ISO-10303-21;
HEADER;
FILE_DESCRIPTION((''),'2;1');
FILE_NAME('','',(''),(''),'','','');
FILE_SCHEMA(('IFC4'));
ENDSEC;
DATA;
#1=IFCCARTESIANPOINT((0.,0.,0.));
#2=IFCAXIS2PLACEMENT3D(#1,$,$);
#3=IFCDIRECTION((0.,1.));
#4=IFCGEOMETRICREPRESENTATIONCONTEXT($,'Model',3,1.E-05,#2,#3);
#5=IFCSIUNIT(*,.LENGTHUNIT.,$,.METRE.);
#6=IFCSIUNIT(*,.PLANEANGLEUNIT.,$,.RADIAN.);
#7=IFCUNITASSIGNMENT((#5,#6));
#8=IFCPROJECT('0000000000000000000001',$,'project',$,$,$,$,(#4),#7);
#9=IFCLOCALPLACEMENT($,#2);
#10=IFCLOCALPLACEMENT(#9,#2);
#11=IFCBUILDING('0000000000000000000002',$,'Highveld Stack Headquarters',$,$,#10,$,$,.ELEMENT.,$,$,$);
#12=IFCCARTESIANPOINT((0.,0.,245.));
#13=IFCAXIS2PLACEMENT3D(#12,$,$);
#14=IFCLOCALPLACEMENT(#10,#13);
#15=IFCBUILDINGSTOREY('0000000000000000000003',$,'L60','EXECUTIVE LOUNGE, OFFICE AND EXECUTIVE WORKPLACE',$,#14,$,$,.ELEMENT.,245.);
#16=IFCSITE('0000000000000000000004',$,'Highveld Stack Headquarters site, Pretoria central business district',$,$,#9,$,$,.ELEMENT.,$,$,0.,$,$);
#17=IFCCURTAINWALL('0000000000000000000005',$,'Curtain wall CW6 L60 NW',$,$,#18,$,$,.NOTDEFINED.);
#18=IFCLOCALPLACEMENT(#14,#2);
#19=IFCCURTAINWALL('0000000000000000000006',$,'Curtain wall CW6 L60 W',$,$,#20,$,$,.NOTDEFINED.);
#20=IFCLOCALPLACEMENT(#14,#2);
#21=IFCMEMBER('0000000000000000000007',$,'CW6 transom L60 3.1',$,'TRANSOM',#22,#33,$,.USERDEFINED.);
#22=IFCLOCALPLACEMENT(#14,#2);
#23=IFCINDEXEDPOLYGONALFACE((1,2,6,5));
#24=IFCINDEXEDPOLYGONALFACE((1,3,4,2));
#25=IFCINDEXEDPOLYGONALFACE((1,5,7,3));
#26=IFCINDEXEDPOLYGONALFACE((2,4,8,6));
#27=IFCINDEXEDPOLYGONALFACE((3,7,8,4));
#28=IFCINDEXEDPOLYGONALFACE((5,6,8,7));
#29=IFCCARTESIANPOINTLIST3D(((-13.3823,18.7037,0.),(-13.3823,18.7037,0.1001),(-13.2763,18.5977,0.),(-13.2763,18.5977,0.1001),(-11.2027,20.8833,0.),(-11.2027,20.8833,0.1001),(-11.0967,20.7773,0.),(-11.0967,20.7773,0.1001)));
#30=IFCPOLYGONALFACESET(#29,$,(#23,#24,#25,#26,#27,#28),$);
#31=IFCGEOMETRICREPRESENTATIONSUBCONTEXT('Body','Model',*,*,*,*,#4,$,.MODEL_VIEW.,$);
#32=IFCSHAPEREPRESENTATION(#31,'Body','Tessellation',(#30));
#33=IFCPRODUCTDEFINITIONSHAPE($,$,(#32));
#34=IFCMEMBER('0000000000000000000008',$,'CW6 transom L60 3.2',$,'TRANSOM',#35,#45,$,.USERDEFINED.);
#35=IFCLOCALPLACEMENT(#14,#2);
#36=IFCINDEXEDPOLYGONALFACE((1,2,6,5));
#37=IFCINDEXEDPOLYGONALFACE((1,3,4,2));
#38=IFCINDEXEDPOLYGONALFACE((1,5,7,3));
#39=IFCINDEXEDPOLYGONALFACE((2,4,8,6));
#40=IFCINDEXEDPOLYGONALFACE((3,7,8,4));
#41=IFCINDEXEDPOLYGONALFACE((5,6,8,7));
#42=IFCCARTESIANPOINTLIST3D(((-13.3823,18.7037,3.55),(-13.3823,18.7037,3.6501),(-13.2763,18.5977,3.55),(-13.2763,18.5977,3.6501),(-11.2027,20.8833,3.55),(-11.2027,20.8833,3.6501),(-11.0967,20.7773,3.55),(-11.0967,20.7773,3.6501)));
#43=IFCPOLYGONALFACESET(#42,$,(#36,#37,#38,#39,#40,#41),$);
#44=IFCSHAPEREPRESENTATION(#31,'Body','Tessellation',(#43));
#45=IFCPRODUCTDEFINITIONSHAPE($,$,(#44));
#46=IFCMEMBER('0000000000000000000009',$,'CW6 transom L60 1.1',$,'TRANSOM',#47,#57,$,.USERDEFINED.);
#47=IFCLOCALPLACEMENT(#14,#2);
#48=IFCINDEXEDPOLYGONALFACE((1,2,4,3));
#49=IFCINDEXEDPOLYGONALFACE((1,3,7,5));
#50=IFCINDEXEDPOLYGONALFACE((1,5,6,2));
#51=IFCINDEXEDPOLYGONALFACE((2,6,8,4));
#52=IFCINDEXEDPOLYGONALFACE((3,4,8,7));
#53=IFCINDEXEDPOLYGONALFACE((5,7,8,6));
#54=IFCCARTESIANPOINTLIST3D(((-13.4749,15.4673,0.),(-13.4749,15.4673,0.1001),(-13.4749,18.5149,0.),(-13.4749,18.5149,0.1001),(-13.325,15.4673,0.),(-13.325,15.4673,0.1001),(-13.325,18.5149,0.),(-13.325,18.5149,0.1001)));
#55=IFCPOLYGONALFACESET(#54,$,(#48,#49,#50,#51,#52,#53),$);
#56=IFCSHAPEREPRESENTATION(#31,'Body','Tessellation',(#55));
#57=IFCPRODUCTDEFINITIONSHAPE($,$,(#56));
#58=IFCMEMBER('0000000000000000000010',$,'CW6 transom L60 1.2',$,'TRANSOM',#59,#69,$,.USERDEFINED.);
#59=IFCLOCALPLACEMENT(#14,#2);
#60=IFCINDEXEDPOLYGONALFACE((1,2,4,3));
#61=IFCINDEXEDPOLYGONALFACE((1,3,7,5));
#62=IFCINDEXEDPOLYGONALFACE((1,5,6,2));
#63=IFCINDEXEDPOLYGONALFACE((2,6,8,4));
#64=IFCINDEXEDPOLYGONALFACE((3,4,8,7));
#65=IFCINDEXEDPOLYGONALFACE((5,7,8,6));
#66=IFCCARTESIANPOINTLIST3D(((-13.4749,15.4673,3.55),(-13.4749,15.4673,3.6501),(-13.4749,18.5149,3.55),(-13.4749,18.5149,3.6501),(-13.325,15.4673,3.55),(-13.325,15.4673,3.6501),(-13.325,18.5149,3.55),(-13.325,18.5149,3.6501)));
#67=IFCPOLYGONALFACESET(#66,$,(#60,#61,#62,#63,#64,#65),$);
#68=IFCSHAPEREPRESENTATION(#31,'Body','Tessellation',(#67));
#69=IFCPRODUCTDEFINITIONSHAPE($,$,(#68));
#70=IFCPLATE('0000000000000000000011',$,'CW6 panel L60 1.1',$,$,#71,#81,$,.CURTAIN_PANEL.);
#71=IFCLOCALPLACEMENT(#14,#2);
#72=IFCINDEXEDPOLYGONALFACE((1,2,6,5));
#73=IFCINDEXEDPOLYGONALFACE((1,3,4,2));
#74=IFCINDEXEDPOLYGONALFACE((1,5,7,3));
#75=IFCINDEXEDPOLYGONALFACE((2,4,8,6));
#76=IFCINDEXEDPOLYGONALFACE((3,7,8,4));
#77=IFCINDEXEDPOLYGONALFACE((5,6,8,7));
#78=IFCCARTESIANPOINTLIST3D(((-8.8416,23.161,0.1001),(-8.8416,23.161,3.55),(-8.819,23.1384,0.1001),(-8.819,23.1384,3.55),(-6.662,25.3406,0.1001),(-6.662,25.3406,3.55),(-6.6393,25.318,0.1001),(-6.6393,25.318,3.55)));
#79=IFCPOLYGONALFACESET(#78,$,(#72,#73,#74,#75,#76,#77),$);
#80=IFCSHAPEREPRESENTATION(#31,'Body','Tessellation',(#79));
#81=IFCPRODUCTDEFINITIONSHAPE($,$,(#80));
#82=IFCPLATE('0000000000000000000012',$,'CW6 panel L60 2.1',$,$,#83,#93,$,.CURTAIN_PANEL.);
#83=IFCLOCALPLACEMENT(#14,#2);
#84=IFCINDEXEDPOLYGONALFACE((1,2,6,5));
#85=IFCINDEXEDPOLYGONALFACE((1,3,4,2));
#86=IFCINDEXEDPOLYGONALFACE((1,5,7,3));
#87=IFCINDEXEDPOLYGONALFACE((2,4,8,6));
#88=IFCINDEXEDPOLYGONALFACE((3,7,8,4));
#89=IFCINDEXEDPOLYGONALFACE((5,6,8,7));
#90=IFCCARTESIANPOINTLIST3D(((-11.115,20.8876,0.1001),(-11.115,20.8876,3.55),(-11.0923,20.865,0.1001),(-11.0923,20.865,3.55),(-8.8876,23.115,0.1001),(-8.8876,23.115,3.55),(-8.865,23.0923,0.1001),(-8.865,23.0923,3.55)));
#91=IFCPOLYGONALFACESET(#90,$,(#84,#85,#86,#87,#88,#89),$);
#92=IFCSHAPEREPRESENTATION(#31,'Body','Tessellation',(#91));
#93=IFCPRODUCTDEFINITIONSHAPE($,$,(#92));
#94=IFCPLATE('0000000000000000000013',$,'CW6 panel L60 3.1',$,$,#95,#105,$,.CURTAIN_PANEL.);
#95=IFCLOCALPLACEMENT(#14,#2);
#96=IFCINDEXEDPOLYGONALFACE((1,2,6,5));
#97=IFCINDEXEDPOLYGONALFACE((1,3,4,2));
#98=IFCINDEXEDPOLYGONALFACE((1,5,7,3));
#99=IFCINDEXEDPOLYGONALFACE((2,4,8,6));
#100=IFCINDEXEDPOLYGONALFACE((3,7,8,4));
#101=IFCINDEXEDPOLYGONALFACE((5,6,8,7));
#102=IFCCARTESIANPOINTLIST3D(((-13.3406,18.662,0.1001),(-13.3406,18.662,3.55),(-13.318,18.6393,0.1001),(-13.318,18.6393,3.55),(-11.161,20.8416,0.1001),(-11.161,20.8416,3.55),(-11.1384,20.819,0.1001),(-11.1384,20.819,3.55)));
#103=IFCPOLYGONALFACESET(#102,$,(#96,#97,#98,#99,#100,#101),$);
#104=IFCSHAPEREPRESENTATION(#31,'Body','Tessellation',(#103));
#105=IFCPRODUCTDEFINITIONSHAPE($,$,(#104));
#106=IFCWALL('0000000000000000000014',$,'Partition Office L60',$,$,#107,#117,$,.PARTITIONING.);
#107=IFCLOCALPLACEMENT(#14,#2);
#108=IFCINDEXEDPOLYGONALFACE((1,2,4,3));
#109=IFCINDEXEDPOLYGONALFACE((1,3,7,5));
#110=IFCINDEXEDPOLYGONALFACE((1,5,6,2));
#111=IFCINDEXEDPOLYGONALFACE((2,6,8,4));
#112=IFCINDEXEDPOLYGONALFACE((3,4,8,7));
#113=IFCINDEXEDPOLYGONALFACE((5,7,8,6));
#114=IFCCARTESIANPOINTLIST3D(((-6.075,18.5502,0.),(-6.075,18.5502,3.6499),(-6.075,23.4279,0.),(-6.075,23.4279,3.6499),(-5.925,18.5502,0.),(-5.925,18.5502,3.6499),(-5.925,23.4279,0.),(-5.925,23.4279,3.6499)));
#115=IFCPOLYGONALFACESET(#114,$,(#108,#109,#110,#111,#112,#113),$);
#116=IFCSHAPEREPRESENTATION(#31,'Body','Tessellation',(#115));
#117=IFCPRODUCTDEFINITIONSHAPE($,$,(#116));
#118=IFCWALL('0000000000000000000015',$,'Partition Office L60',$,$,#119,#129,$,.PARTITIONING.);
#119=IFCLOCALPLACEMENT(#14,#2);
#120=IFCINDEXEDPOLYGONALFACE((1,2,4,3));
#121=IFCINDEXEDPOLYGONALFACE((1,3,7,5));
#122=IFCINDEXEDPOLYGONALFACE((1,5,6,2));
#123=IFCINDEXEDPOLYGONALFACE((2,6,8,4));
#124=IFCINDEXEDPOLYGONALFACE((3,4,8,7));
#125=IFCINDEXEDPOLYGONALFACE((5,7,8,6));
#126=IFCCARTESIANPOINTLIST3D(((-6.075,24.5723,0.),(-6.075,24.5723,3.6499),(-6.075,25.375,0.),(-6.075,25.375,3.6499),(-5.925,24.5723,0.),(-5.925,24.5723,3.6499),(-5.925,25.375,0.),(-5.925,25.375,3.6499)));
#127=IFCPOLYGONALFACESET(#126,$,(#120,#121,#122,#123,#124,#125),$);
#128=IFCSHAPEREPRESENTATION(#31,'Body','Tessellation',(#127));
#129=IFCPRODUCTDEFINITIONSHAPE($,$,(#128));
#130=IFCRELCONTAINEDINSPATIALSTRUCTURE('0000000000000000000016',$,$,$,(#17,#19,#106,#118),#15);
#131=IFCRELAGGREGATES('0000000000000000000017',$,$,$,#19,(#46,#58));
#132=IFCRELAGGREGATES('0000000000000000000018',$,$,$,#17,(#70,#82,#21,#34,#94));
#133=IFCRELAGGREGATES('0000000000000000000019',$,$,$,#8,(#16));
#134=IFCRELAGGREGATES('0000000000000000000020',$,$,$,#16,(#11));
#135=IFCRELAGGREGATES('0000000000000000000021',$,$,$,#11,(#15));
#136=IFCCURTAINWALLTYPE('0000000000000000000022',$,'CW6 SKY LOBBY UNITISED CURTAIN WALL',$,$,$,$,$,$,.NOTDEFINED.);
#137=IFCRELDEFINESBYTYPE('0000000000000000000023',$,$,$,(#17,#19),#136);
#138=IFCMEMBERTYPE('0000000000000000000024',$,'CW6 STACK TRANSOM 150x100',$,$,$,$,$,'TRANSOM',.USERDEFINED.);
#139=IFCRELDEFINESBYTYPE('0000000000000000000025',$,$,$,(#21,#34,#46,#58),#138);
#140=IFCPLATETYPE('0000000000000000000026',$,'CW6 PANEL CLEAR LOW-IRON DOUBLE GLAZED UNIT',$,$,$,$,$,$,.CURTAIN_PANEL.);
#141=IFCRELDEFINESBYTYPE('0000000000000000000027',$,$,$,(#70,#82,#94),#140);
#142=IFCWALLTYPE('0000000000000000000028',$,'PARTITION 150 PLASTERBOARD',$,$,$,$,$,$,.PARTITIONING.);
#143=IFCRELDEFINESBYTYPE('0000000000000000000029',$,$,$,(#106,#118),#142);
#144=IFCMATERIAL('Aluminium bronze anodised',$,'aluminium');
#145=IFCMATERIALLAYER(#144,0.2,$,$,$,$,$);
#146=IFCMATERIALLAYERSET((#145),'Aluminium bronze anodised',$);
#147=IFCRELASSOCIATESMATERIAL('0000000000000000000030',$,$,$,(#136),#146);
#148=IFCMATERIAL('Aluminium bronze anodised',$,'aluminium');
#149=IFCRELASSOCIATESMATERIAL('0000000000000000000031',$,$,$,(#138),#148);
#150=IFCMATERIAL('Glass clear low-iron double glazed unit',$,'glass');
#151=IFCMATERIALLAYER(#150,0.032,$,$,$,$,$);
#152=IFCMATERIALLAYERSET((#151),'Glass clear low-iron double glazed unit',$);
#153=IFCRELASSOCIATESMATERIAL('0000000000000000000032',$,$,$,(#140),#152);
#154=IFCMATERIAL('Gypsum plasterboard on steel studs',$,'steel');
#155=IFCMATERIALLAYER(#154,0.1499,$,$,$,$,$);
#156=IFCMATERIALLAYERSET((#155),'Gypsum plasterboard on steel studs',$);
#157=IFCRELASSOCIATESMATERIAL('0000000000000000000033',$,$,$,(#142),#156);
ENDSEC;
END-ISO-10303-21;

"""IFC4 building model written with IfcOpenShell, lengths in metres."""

from ifc_helpers import new_model, si_unit, direction, frame, frame_2d, origin, origin_2d, place, context, subcontext, project, spatial, rectangle, extrude, material, layer, layer_set, material_profile, profile_set, type_object, element, aggregate, save


model = new_model("IFC4")

# Units and contexts
model_context = context("Model", 3, precision=1e-05, world=origin(), true_north=direction((0.0, 1.0)))
body_context = subcontext(model_context, "Body", "Model", "MODEL_VIEW")
ifc_project = project(units=[si_unit("LENGTHUNIT", "METRE"), si_unit("PLANEANGLEUNIT", "RADIAN")], contexts=[model_context])

# Site, building, storey
site_placement = place(None, origin())
site = spatial("IfcSite", under=ifc_project, at=site_placement, Name="Highveld Stack Headquarters site, Pretoria central business district", CompositionType="ELEMENT", RefElevation=0.0)
building_placement = place(site_placement, origin())
building = spatial("IfcBuilding", under=site, at=building_placement, Name="Highveld Stack Headquarters", CompositionType="ELEMENT")
storey_placement = place(building_placement, frame((0.0, 0.0, 245.0)))
storey = spatial("IfcBuildingStorey", under=building, at=storey_placement, Name="L60", Description="EXECUTIVE LOUNGE, OFFICE AND EXECUTIVE WORKPLACE", CompositionType="ELEMENT", Elevation=245.0)

# Shared definitions
ifc_material_1 = material(Name="Aluminium bronze anodised", Category="aluminium")
ifc_layer_1 = layer(ifc_material_1, 0.2)
ifc_layer_set_1 = layer_set([ifc_layer_1], Name="Aluminium bronze anodised")
curtain_wall_type = type_object("IfcCurtainWallType", Name="CW6 SKY LOBBY UNITISED CURTAIN WALL", PredefinedType="NOTDEFINED", material=ifc_layer_set_1)

# Curtain wall
curtain_wall_1_placement = place(storey_placement, origin())
curtain_wall_1 = element("IfcCurtainWall", 1, at=curtain_wall_1_placement, inside=storey, type_object=curtain_wall_type, Name="Curtain wall CW6 L60 NW", PredefinedType="NOTDEFINED")

# Curtain wall
curtain_wall_2_placement = place(storey_placement, origin())
curtain_wall_2 = element("IfcCurtainWall", 2, at=curtain_wall_2_placement, inside=storey, type_object=curtain_wall_type, Name="Curtain wall CW6 L60 W", PredefinedType="NOTDEFINED")

# Members
ifc_material_2 = material(Name="Aluminium bronze anodised", Category="aluminium")
ifc_material_profile_1 = material_profile(ifc_material_2, rectangle(XDim=0.1499, YDim=0.1001, at=origin_2d()), Name="CW6 TRANSOM 150x100")
ifc_profile_set_1 = profile_set([ifc_material_profile_1], Name="Aluminium bronze anodised")
member_type_1 = type_object("IfcMemberType", Name="CW6 STACK TRANSOM 150x100", ElementType="TRANSOM", PredefinedType="USERDEFINED", material=ifc_profile_set_1)
member_1_placement = place(storey_placement, frame((-11.1497, 20.8303, 0.05), z_axis=(-0.707107, -0.707107, 0.0), x_axis=(0.707107, -0.707107, 0.0)))
member_1 = element("IfcMember", 3, at=member_1_placement, type_object=member_type_1, Name="CW6 transom L60 3.1", ObjectType="TRANSOM", PredefinedType="USERDEFINED", context=body_context, shape_type="SweptSolid", body=[
    extrude(rectangle(XDim=0.1499, YDim=0.1001, at=origin_2d()), origin(), (0.0, 0.0, 1.0), 3.0825),
])
member_2_placement = place(storey_placement, frame((-11.1497, 20.8303, 3.6001), z_axis=(-0.707107, -0.707107, 0.0), x_axis=(0.707107, -0.707107, 0.0)))
member_2 = element("IfcMember", 4, at=member_2_placement, type_object=member_type_1, Name="CW6 transom L60 3.2", ObjectType="TRANSOM", PredefinedType="USERDEFINED", context=body_context, shape_type="SweptSolid", body=[
    extrude(rectangle(XDim=0.1499, YDim=0.1001, at=origin_2d()), origin(), (0.0, 0.0, 1.0), 3.0825),
])
member_3_placement = place(storey_placement, frame((-13.3999, 18.5149, 0.05), z_axis=(0.0, -1.0, 0.0), x_axis=(1.0, 0.0, 0.0)))
member_3 = element("IfcMember", 5, at=member_3_placement, type_object=member_type_1, Name="CW6 transom L60 1.1", ObjectType="TRANSOM", PredefinedType="USERDEFINED", context=body_context, shape_type="SweptSolid", body=[
    extrude(rectangle(XDim=0.1499, YDim=0.1001, at=origin_2d()), origin(), (0.0, 0.0, 1.0), 3.0476),
])
member_4_placement = place(storey_placement, frame((-13.3999, 18.5149, 3.6001), z_axis=(0.0, -1.0, 0.0), x_axis=(1.0, 0.0, 0.0)))
member_4 = element("IfcMember", 6, at=member_4_placement, type_object=member_type_1, Name="CW6 transom L60 1.2", ObjectType="TRANSOM", PredefinedType="USERDEFINED", context=body_context, shape_type="SweptSolid", body=[
    extrude(rectangle(XDim=0.1499, YDim=0.1001, at=origin_2d()), origin(), (0.0, 0.0, 1.0), 3.0476),
])
aggregate(curtain_wall_2, [member_3, member_4])

# Plates
ifc_material_3 = material(Name="Glass clear low-iron double glazed unit", Category="glass")
ifc_layer_2 = layer(ifc_material_3, 0.032)
ifc_layer_set_2 = layer_set([ifc_layer_2], Name="Glass clear low-iron double glazed unit")
plate_type = type_object("IfcPlateType", Name="CW6 PANEL CLEAR LOW-IRON DOUBLE GLAZED UNIT", PredefinedType="CURTAIN_PANEL", material=ifc_layer_set_2)
plate_1_placement = place(storey_placement, frame((-7.7405, 24.2395, 0.1001), z_axis=(0.0, 0.0, 1.0), x_axis=(-0.707107, -0.707107, 0.0)))
plate_1 = element("IfcPlate", 7, at=plate_1_placement, type_object=plate_type, Name="CW6 panel L60 1.1", PredefinedType="CURTAIN_PANEL", context=body_context, shape_type="SweptSolid", body=[
    extrude(rectangle(XDim=3.0825, YDim=0.032, at=origin_2d()), origin(), (0.0, 0.0, 1.0), 3.45),
])
plate_2_placement = place(storey_placement, frame((-9.99, 21.99, 0.1001), z_axis=(0.0, 0.0, 1.0), x_axis=(-0.707107, -0.707107, 0.0)))
plate_2 = element("IfcPlate", 8, at=plate_2_placement, type_object=plate_type, Name="CW6 panel L60 2.1", PredefinedType="CURTAIN_PANEL", context=body_context, shape_type="SweptSolid", body=[
    extrude(rectangle(XDim=3.1499, YDim=0.032, at=origin_2d()), origin(), (0.0, 0.0, 1.0), 3.45),
])
plate_3_placement = place(storey_placement, frame((-12.2395, 19.7405, 0.1001), z_axis=(0.0, 0.0, 1.0), x_axis=(-0.707107, -0.707107, 0.0)))
plate_3 = element("IfcPlate", 9, at=plate_3_placement, type_object=plate_type, Name="CW6 panel L60 3.1", PredefinedType="CURTAIN_PANEL", context=body_context, shape_type="SweptSolid", body=[
    extrude(rectangle(XDim=3.0825, YDim=0.032, at=origin_2d()), origin(), (0.0, 0.0, 1.0), 3.45),
])
aggregate(curtain_wall_1, [plate_1, plate_2, member_1, member_2, plate_3])

# Walls
ifc_material_4 = material(Name="Gypsum plasterboard on steel studs", Category="steel")
ifc_layer_3 = layer(ifc_material_4, 0.1499)
ifc_layer_set_3 = layer_set([ifc_layer_3], Name="Gypsum plasterboard on steel studs")
wall_type = type_object("IfcWallType", Name="PARTITION 150 PLASTERBOARD", PredefinedType="PARTITIONING", material=ifc_layer_set_3)
wall_1_placement = place(storey_placement, frame((-6.0, 18.55, 0.0), z_axis=(0.0, 0.0, 1.0), x_axis=(0.0, 1.0, 0.0)))
element("IfcWall", 10, at=wall_1_placement, inside=storey, type_object=wall_type, Name="Partition Office L60", PredefinedType="PARTITIONING", context=body_context, shape_type="SweptSolid", body=[
    extrude(rectangle(XDim=4.8777, YDim=0.1499, at=frame_2d((2.439, 0.0))), origin(), (0.0, 0.0, 1.0), 3.6499),
])
wall_2_placement = place(storey_placement, frame((-6.0, 24.5723, 0.0), z_axis=(0.0, 0.0, 1.0), x_axis=(0.0, 1.0, 0.0)))
element("IfcWall", 11, at=wall_2_placement, inside=storey, type_object=wall_type, Name="Partition Office L60", PredefinedType="PARTITIONING", context=body_context, shape_type="SweptSolid", body=[
    extrude(rectangle(XDim=0.8027, YDim=0.1499, at=frame_2d((0.4014, 0.0))), origin(), (0.0, 0.0, 1.0), 3.6499),
])

save(model, "model.ifc")
